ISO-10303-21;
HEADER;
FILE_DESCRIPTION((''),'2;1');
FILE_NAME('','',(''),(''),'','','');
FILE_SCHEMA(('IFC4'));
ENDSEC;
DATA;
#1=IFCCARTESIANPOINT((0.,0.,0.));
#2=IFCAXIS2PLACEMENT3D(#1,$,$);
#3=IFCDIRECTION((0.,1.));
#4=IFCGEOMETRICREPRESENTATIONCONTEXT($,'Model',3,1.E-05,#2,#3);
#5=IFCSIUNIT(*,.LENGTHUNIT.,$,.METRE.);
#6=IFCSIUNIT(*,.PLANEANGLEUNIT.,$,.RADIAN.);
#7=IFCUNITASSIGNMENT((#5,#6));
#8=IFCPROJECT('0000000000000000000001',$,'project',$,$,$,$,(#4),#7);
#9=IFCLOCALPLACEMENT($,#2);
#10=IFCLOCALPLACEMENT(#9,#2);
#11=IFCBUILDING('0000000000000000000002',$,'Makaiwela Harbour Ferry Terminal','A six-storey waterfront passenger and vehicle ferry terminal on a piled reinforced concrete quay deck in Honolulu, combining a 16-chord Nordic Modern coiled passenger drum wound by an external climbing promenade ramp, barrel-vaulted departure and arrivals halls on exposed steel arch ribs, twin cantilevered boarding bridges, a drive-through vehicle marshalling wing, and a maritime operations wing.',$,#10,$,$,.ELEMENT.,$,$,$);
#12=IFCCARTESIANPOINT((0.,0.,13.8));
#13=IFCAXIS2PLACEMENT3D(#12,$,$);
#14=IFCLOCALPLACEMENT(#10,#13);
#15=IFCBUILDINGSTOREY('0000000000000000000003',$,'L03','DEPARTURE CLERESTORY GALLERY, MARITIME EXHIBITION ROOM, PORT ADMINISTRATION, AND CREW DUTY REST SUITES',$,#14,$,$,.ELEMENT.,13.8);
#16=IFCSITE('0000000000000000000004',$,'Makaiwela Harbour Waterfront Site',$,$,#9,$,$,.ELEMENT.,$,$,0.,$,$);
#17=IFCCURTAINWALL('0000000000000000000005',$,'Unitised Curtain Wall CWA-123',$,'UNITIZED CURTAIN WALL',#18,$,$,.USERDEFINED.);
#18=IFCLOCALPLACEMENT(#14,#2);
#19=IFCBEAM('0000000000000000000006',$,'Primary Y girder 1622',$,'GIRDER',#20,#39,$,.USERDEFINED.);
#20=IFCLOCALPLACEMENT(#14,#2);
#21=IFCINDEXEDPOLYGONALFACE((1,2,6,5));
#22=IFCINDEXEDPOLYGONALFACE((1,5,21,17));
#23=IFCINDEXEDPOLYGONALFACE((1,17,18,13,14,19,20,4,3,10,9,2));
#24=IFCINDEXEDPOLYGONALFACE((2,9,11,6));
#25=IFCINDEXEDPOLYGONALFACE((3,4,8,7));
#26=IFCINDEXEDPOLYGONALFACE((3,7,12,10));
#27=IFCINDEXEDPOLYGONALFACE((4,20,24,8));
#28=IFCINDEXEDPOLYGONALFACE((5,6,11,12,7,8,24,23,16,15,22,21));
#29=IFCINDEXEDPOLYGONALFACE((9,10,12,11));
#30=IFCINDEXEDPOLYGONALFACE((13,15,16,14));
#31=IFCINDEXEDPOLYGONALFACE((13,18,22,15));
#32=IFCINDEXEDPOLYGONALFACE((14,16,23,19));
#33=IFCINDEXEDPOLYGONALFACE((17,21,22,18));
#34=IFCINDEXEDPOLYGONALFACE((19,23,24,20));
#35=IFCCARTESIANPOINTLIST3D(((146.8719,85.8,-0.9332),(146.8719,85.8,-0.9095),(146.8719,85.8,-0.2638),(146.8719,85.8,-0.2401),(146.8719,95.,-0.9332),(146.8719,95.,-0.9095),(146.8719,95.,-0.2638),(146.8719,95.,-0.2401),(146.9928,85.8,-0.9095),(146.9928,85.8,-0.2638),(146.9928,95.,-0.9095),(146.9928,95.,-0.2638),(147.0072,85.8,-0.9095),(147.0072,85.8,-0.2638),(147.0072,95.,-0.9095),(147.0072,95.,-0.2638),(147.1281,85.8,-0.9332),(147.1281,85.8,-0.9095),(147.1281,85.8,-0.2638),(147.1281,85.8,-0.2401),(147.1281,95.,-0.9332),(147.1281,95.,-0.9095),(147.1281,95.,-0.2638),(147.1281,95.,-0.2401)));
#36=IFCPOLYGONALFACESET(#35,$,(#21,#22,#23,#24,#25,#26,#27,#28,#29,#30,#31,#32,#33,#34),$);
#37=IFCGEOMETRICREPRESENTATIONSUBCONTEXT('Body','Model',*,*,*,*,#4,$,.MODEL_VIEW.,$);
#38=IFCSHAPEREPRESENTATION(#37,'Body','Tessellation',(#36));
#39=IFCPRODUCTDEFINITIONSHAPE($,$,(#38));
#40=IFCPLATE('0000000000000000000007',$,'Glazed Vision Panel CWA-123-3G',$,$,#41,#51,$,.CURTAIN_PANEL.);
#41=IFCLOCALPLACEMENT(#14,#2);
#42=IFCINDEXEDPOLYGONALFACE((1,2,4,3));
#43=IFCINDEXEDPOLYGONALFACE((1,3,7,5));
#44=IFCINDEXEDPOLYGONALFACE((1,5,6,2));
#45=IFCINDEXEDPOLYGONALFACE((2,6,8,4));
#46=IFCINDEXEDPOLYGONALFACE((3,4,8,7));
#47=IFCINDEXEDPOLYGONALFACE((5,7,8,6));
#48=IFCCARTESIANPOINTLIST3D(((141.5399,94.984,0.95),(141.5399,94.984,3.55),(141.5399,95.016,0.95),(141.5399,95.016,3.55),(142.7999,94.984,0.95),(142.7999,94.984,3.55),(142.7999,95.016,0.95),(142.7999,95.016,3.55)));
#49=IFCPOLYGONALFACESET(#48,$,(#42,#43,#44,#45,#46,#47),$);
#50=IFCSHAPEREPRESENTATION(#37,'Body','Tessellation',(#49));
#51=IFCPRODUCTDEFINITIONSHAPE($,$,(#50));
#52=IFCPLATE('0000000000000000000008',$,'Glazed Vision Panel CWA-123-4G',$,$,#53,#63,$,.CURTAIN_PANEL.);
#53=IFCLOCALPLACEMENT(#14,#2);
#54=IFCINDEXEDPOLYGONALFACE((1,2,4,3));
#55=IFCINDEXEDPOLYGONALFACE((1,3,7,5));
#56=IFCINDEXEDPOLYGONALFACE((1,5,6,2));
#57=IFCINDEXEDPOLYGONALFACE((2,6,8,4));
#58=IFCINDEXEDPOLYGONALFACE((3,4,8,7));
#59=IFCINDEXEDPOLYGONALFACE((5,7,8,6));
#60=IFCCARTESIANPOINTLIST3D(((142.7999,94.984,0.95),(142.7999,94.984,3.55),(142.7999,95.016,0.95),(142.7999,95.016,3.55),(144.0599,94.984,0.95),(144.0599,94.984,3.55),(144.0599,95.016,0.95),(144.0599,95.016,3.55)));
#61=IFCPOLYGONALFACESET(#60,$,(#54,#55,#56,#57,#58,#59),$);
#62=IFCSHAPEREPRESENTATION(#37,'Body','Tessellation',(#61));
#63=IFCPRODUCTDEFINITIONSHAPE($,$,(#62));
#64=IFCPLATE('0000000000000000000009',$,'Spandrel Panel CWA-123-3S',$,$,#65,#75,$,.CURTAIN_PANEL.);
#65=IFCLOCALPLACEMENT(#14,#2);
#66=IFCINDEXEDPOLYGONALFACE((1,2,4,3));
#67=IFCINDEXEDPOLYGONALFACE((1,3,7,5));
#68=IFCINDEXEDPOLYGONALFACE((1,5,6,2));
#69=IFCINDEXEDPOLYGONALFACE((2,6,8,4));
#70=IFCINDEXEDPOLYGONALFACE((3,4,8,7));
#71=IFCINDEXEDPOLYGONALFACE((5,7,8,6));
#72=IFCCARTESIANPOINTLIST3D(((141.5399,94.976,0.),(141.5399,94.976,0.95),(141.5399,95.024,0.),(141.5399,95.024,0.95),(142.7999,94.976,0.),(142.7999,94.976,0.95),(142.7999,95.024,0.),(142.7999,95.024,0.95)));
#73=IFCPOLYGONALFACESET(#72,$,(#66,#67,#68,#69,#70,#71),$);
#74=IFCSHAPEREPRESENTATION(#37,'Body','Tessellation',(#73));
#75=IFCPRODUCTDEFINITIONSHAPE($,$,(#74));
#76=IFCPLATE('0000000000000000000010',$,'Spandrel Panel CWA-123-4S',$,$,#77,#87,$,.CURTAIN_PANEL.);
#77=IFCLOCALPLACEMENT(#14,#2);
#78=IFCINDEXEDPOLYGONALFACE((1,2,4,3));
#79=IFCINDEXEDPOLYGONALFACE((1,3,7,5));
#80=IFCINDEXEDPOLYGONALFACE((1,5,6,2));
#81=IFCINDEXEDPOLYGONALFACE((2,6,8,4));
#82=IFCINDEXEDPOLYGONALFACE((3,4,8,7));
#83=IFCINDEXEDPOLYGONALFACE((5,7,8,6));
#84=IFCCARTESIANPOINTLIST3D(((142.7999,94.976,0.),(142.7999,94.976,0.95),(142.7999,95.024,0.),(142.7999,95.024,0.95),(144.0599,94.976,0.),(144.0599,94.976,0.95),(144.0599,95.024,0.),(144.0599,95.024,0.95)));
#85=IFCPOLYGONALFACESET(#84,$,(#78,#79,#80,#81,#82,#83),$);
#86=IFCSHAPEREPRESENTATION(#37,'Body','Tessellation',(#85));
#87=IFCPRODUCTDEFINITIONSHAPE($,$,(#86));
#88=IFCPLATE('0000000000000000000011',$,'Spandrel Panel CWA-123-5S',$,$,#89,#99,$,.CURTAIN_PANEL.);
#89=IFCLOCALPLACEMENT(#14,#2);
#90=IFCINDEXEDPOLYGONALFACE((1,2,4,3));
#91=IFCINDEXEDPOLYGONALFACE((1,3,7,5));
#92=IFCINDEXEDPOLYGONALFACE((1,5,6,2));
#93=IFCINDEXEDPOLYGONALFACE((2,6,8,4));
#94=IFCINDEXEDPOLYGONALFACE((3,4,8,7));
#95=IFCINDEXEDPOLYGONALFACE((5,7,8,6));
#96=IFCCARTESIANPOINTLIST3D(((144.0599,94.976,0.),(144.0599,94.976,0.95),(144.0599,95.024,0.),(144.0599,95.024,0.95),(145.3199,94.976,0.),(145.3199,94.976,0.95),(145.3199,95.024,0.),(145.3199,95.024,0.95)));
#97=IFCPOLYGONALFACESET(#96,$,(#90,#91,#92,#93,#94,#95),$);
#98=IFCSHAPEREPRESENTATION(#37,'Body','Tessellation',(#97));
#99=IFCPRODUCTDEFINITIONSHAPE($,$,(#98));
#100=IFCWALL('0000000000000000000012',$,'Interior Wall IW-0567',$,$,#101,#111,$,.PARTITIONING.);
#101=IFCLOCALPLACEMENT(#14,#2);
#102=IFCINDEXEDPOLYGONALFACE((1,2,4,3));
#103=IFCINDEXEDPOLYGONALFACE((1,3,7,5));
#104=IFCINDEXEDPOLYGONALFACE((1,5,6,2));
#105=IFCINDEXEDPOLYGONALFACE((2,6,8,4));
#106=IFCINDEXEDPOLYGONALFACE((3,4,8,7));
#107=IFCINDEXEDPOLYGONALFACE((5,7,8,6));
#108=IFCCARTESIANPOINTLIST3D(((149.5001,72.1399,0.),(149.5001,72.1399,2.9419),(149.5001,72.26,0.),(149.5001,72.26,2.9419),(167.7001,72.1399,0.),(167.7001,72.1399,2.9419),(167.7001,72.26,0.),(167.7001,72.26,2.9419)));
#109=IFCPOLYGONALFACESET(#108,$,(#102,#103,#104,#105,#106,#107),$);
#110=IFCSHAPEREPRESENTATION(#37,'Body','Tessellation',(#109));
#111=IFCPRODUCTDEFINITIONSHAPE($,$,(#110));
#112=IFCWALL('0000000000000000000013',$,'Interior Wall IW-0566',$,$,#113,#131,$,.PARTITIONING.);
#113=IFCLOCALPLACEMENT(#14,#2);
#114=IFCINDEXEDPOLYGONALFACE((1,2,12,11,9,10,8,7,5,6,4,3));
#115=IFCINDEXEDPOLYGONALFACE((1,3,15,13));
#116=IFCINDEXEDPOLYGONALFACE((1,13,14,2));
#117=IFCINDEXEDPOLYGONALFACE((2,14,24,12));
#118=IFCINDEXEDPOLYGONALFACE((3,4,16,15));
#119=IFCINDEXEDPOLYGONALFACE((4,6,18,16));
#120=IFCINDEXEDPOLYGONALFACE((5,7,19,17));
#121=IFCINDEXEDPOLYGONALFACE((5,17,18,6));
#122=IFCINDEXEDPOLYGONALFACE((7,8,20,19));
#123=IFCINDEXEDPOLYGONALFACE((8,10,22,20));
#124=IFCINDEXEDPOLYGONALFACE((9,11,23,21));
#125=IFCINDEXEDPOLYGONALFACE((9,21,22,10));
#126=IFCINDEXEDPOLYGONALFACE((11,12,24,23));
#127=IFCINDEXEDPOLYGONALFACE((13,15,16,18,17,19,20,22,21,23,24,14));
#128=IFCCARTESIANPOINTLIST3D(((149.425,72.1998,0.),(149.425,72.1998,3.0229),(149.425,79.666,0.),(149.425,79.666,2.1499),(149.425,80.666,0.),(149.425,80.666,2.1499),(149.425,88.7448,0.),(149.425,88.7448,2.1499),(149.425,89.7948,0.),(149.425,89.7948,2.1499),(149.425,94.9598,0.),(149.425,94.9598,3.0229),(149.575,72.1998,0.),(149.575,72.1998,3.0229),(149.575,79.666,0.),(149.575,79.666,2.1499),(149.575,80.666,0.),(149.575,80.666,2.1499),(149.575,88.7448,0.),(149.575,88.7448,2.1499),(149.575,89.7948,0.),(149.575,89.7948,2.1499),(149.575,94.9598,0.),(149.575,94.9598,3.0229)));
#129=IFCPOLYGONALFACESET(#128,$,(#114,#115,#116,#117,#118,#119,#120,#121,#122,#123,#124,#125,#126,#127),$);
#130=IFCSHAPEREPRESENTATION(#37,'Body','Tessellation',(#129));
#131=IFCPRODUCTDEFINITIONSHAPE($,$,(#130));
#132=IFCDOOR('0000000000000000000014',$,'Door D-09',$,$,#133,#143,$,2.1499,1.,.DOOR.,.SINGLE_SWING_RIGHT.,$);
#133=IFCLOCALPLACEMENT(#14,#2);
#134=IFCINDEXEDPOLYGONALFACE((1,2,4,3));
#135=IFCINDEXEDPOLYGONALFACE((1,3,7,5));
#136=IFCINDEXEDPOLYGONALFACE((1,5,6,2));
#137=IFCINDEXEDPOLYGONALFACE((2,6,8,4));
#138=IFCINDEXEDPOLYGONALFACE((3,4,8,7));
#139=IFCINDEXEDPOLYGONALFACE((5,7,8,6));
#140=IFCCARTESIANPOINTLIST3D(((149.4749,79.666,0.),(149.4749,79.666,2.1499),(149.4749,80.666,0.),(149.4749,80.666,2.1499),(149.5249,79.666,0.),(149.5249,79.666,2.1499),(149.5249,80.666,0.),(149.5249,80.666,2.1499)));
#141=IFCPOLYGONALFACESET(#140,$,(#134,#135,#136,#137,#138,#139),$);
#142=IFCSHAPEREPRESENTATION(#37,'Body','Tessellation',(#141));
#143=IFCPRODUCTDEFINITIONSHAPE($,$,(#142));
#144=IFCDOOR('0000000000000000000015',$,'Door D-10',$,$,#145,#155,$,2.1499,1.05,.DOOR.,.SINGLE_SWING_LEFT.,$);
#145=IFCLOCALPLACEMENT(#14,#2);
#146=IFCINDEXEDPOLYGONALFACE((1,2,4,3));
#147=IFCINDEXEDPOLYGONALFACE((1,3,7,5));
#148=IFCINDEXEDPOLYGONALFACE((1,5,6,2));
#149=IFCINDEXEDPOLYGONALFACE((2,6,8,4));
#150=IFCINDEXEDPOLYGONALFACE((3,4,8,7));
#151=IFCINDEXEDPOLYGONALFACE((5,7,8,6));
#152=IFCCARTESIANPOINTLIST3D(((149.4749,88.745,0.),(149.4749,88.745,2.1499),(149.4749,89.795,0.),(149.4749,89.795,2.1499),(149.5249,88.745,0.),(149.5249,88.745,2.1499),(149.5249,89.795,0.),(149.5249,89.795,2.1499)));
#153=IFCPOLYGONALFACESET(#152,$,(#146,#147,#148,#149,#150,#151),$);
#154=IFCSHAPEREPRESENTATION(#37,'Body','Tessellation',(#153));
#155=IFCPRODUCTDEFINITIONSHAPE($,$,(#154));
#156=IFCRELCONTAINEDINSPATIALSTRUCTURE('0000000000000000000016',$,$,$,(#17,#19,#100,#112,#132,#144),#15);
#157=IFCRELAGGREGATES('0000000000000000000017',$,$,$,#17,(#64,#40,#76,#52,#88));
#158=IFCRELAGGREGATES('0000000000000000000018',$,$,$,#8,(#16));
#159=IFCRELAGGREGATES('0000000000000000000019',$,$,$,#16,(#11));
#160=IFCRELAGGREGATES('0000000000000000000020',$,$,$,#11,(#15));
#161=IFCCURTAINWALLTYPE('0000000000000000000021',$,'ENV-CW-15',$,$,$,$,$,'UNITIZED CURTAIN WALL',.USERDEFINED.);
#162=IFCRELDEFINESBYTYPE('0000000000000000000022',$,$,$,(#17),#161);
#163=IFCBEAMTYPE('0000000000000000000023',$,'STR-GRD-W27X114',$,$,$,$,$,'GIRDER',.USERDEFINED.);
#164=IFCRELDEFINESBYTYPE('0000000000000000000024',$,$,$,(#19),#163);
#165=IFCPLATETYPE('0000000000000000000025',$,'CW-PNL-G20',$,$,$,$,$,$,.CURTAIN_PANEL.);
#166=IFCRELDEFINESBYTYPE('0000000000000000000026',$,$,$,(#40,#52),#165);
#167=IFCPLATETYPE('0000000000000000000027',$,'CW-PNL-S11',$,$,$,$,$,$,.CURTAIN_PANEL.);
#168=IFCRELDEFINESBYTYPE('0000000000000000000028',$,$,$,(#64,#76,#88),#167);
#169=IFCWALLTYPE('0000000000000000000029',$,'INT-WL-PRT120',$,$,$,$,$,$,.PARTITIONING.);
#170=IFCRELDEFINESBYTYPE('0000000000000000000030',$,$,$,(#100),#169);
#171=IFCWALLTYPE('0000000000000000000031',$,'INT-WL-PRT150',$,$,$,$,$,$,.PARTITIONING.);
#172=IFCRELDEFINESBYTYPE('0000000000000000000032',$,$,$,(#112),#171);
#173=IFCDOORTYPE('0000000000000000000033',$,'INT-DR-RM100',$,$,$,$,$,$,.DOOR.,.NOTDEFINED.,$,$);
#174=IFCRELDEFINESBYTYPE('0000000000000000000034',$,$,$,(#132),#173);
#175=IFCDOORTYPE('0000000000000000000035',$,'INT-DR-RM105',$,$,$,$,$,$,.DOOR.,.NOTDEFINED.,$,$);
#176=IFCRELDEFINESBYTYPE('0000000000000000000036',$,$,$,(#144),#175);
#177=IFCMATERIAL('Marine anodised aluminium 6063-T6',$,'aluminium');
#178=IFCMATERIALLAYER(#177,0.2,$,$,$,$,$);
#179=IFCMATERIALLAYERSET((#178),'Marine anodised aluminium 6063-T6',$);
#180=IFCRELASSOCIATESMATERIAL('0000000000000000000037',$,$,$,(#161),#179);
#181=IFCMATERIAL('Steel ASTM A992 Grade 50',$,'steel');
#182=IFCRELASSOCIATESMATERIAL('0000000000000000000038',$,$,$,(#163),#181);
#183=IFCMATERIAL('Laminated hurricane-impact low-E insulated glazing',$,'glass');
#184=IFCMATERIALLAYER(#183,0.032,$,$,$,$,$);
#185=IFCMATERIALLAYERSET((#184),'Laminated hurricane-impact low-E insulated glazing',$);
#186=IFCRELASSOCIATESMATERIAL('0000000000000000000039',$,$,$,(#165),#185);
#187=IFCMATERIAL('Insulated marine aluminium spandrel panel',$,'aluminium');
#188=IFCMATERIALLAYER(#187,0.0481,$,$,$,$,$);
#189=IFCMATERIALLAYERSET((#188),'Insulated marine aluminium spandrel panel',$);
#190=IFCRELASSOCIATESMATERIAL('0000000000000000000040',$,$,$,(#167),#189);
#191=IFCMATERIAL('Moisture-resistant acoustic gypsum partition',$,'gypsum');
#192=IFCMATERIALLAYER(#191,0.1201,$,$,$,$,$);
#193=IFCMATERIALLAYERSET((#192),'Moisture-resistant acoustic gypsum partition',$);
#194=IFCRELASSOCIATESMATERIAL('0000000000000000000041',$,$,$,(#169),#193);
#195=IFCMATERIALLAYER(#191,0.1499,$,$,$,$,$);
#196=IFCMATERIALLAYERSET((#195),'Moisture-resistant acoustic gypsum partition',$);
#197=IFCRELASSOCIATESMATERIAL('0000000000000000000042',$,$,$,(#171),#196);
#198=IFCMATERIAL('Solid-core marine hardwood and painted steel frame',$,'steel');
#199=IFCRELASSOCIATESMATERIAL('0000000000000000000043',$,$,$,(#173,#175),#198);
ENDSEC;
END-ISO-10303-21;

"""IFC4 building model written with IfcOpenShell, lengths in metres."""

from ifc_helpers import new_model, si_unit, direction, frame, frame_2d, origin, origin_2d, place, context, subcontext, project, spatial, rectangle, i_section, extrude, material, layer, layer_set, material_profile, profile_set, type_object, element, fill, aggregate, save


model = new_model("IFC4")

# Units and contexts
model_context = context("Model", 3, precision=1e-05, world=origin(), true_north=direction((0.0, 1.0)))
body_context = subcontext(model_context, "Body", "Model", "MODEL_VIEW")
ifc_project = project(units=[si_unit("LENGTHUNIT", "METRE"), si_unit("PLANEANGLEUNIT", "RADIAN")], contexts=[model_context])

# Site, building, storey
site_placement = place(None, origin())
site = spatial("IfcSite", under=ifc_project, at=site_placement, Name="Makaiwela Harbour Waterfront Site", CompositionType="ELEMENT", RefElevation=0.0)
building_placement = place(site_placement, origin())
building = spatial("IfcBuilding", under=site, at=building_placement, Name="Makaiwela Harbour Ferry Terminal", Description="A six-storey waterfront passenger and vehicle ferry terminal on a piled reinforced concrete quay deck in Honolulu, combining a 16-chord Nordic Modern coiled passenger drum wound by an external climbing promenade ramp, barrel-vaulted departure and arrivals halls on exposed steel arch ribs, twin cantilevered boarding bridges, a drive-through vehicle marshalling wing, and a maritime operations wing.", CompositionType="ELEMENT")
storey_placement = place(building_placement, frame((0.0, 0.0, 13.8)))
storey = spatial("IfcBuildingStorey", under=building, at=storey_placement, Name="L03", Description="DEPARTURE CLERESTORY GALLERY, MARITIME EXHIBITION ROOM, PORT ADMINISTRATION, AND CREW DUTY REST SUITES", CompositionType="ELEMENT", Elevation=13.8)

# Shared definitions
ifc_material_1 = material(Name="Steel ASTM A992 Grade 50", Category="steel")

# Curtain wall
ifc_material_2 = material(Name="Marine anodised aluminium 6063-T6", Category="aluminium")
ifc_layer_1 = layer(ifc_material_2, 0.2)
ifc_layer_set_1 = layer_set([ifc_layer_1], Name="Marine anodised aluminium 6063-T6")
curtain_wall_type = type_object("IfcCurtainWallType", Name="ENV-CW-15", ElementType="UNITIZED CURTAIN WALL", PredefinedType="USERDEFINED", material=ifc_layer_set_1)
curtain_wall_placement = place(storey_placement, origin())
curtain_wall = element("IfcCurtainWall", 1, at=curtain_wall_placement, inside=storey, type_object=curtain_wall_type, Name="Unitised Curtain Wall CWA-123", ObjectType="UNITIZED CURTAIN WALL", PredefinedType="USERDEFINED")

# Beam
ifc_material_profile_1 = material_profile(ifc_material_1, i_section(OverallWidth=0.2561, OverallDepth=0.6931, WebThickness=0.0144, FlangeThickness=0.0237, at=origin_2d()), Name="W27X114")
ifc_profile_set_1 = profile_set([ifc_material_profile_1], Name="Steel ASTM A992 Grade 50")
beam_type_1 = type_object("IfcBeamType", Name="STR-GRD-W27X114", ElementType="GIRDER", PredefinedType="USERDEFINED", material=ifc_profile_set_1)
beam_1_placement = place(storey_placement, frame((147.0, 85.8, -0.5867), z_axis=(0.0, 1.0, 0.0), x_axis=(-1.0, 0.0, 0.0)))
element("IfcBeam", 2, at=beam_1_placement, inside=storey, type_object=beam_type_1, Name="Primary Y girder 1622", ObjectType="GIRDER", PredefinedType="USERDEFINED", context=body_context, shape_type="SweptSolid", body=[
    extrude(i_section(OverallWidth=0.2561, OverallDepth=0.6931, WebThickness=0.0144, FlangeThickness=0.0237, at=origin_2d()), origin(), (0.0, 0.0, 1.0), 9.2),
])

# Plates
ifc_material_3 = material(Name="Laminated hurricane-impact low-E insulated glazing", Category="glass")
ifc_layer_2 = layer(ifc_material_3, 0.032)
ifc_layer_set_2 = layer_set([ifc_layer_2], Name="Laminated hurricane-impact low-E insulated glazing")
plate_type_1 = type_object("IfcPlateType", Name="CW-PNL-G20", PredefinedType="CURTAIN_PANEL", material=ifc_layer_set_2)
plate_1_placement = place(storey_placement, frame((142.1699, 95.0, 0.95), z_axis=(0.0, 0.0, 1.0), x_axis=(1.0, 0.0, 0.0)))
plate_1 = element("IfcPlate", 3, at=plate_1_placement, type_object=plate_type_1, Name="Glazed Vision Panel CWA-123-3G", PredefinedType="CURTAIN_PANEL", context=body_context, shape_type="SweptSolid", body=[
    extrude(rectangle(XDim=1.26, YDim=0.032, at=origin_2d()), origin(), (0.0, 0.0, 1.0), 2.6001),
])
plate_2_placement = place(storey_placement, frame((143.4299, 95.0, 0.95), z_axis=(0.0, 0.0, 1.0), x_axis=(1.0, 0.0, 0.0)))
plate_2 = element("IfcPlate", 4, at=plate_2_placement, type_object=plate_type_1, Name="Glazed Vision Panel CWA-123-4G", PredefinedType="CURTAIN_PANEL", context=body_context, shape_type="SweptSolid", body=[
    extrude(rectangle(XDim=1.26, YDim=0.032, at=origin_2d()), origin(), (0.0, 0.0, 1.0), 2.6001),
])
ifc_material_4 = material(Name="Insulated marine aluminium spandrel panel", Category="aluminium")
ifc_layer_3 = layer(ifc_material_4, 0.0481)
ifc_layer_set_3 = layer_set([ifc_layer_3], Name="Insulated marine aluminium spandrel panel")
plate_type_2 = type_object("IfcPlateType", Name="CW-PNL-S11", PredefinedType="CURTAIN_PANEL", material=ifc_layer_set_3)
plate_3_placement = place(storey_placement, frame((142.1699, 95.0, 0.0), z_axis=(0.0, 0.0, 1.0), x_axis=(1.0, 0.0, 0.0)))
plate_3 = element("IfcPlate", 5, at=plate_3_placement, type_object=plate_type_2, Name="Spandrel Panel CWA-123-3S", PredefinedType="CURTAIN_PANEL", context=body_context, shape_type="SweptSolid", body=[
    extrude(rectangle(XDim=1.26, YDim=0.0481, at=origin_2d()), origin(), (0.0, 0.0, 1.0), 0.95),
])
plate_4_placement = place(storey_placement, frame((143.4299, 95.0, 0.0), z_axis=(0.0, 0.0, 1.0), x_axis=(1.0, 0.0, 0.0)))
plate_4 = element("IfcPlate", 6, at=plate_4_placement, type_object=plate_type_2, Name="Spandrel Panel CWA-123-4S", PredefinedType="CURTAIN_PANEL", context=body_context, shape_type="SweptSolid", body=[
    extrude(rectangle(XDim=1.26, YDim=0.0481, at=origin_2d()), origin(), (0.0, 0.0, 1.0), 0.95),
])
plate_5_placement = place(storey_placement, frame((144.6899, 95.0, 0.0), z_axis=(0.0, 0.0, 1.0), x_axis=(1.0, 0.0, 0.0)))
plate_5 = element("IfcPlate", 7, at=plate_5_placement, type_object=plate_type_2, Name="Spandrel Panel CWA-123-5S", PredefinedType="CURTAIN_PANEL", context=body_context, shape_type="SweptSolid", body=[
    extrude(rectangle(XDim=1.26, YDim=0.0481, at=origin_2d()), origin(), (0.0, 0.0, 1.0), 0.95),
])
aggregate(curtain_wall, [plate_3, plate_1, plate_4, plate_2, plate_5])

# Wall
ifc_material_5 = material(Name="Moisture-resistant acoustic gypsum partition", Category="gypsum")
ifc_layer_4 = layer(ifc_material_5, 0.1201)
ifc_layer_set_4 = layer_set([ifc_layer_4], Name="Moisture-resistant acoustic gypsum partition")
wall_type_1 = type_object("IfcWallType", Name="INT-WL-PRT120", PredefinedType="PARTITIONING", material=ifc_layer_set_4)
wall_1_placement = place(storey_placement, frame((149.5, 72.2, 0.0), z_axis=(0.0, 0.0, 1.0), x_axis=(1.0, 0.0, 0.0)))
element("IfcWall", 8, at=wall_1_placement, inside=storey, type_object=wall_type_1, Name="Interior Wall IW-0567", PredefinedType="PARTITIONING", context=body_context, shape_type="SweptSolid", body=[
    extrude(rectangle(XDim=18.2, YDim=0.1201, at=frame_2d((9.1001, 0.0))), origin(), (0.0, 0.0, 1.0), 2.9419),
])

# Wall, openings, doors
ifc_layer_5 = layer(ifc_material_5, 0.1499)
ifc_layer_set_5 = layer_set([ifc_layer_5], Name="Moisture-resistant acoustic gypsum partition")
wall_type_2 = type_object("IfcWallType", Name="INT-WL-PRT150", PredefinedType="PARTITIONING", material=ifc_layer_set_5)
wall_2_placement = place(storey_placement, frame((149.5, 72.2, 0.0), z_axis=(0.0, 0.0, 1.0), x_axis=(0.0, 1.0, 0.0)))
wall_2 = element("IfcWall", 9, at=wall_2_placement, inside=storey, type_object=wall_type_2, Name="Interior Wall IW-0566", PredefinedType="PARTITIONING", context=body_context, shape_type="SweptSolid", body=[
    extrude(rectangle(XDim=22.76, YDim=0.1499, at=frame_2d((11.3799, 0.0))), origin(), (0.0, 0.0, 1.0), 3.0229),
])
opening_1_placement = place(wall_2_placement, frame((7.4661, 0.0, 0.0)))
opening_1 = element("IfcOpeningElement", 10, at=opening_1_placement, cuts=wall_2, PredefinedType="OPENING", context=body_context, shape_type="SweptSolid", body=[
    extrude(rectangle(XDim=1.0, YDim=2.1499, at=frame_2d((0.5, 1.075))), frame((0.0, 0.085, 0.0), z_axis=(0.0, -1.0, 0.0), x_axis=(1.0, 0.0, 0.0)), (0.0, 0.0, 1.0), 0.1699),
])
opening_2_placement = place(wall_2_placement, frame((16.5449, 0.0, 0.0)))
opening_2 = element("IfcOpeningElement", 11, at=opening_2_placement, cuts=wall_2, PredefinedType="OPENING", context=body_context, shape_type="SweptSolid", body=[
    extrude(rectangle(XDim=1.05, YDim=2.1499, at=frame_2d((0.5249, 1.075))), frame((0.0, 0.085, 0.0), z_axis=(0.0, -1.0, 0.0), x_axis=(1.0, 0.0, 0.0)), (0.0, 0.0, 1.0), 0.1699),
])
ifc_material_6 = material(Name="Solid-core marine hardwood and painted steel frame", Category="steel")
door_type_1 = type_object("IfcDoorType", Name="INT-DR-RM100", OperationType="NOTDEFINED", PredefinedType="DOOR", material=ifc_material_6)
door_1_placement = place(opening_1_placement, frame((1.0, 0.0, 0.0), z_axis=(0.0, 0.0, 1.0), x_axis=(-1.0, 0.0, 0.0)))
door_1 = element("IfcDoor", 12, at=door_1_placement, inside=storey, type_object=door_type_1, Name="Door D-09", OperationType="SINGLE_SWING_RIGHT", OverallHeight=2.1499, OverallWidth=1.0, PredefinedType="DOOR", context=body_context, shape_type="SweptSolid", body=[
    extrude(rectangle(XDim=1.0, YDim=2.1499, at=frame_2d((0.5, 1.075))), frame((0.0, 0.0249, 0.0), z_axis=(0.0, -1.0, 0.0), x_axis=(1.0, 0.0, 0.0)), (0.0, 0.0, 1.0), 0.05),
])
fill(opening_1, door_1)
door_type_2 = type_object("IfcDoorType", Name="INT-DR-RM105", OperationType="NOTDEFINED", PredefinedType="DOOR", material=ifc_material_6)
door_2_placement = place(opening_2_placement, frame((1.05, 0.0, 0.0), z_axis=(0.0, 0.0, 1.0), x_axis=(-1.0, 0.0, 0.0)))
door_2 = element("IfcDoor", 13, at=door_2_placement, inside=storey, type_object=door_type_2, Name="Door D-10", OperationType="SINGLE_SWING_LEFT", OverallHeight=2.1499, OverallWidth=1.05, PredefinedType="DOOR", context=body_context, shape_type="SweptSolid", body=[
    extrude(rectangle(XDim=1.05, YDim=2.1499, at=frame_2d((0.5249, 1.075))), frame((0.0, 0.0249, 0.0), z_axis=(0.0, -1.0, 0.0), x_axis=(1.0, 0.0, 0.0)), (0.0, 0.0, 1.0), 0.05),
])
fill(opening_2, door_2)

save(model, "model.ifc")
